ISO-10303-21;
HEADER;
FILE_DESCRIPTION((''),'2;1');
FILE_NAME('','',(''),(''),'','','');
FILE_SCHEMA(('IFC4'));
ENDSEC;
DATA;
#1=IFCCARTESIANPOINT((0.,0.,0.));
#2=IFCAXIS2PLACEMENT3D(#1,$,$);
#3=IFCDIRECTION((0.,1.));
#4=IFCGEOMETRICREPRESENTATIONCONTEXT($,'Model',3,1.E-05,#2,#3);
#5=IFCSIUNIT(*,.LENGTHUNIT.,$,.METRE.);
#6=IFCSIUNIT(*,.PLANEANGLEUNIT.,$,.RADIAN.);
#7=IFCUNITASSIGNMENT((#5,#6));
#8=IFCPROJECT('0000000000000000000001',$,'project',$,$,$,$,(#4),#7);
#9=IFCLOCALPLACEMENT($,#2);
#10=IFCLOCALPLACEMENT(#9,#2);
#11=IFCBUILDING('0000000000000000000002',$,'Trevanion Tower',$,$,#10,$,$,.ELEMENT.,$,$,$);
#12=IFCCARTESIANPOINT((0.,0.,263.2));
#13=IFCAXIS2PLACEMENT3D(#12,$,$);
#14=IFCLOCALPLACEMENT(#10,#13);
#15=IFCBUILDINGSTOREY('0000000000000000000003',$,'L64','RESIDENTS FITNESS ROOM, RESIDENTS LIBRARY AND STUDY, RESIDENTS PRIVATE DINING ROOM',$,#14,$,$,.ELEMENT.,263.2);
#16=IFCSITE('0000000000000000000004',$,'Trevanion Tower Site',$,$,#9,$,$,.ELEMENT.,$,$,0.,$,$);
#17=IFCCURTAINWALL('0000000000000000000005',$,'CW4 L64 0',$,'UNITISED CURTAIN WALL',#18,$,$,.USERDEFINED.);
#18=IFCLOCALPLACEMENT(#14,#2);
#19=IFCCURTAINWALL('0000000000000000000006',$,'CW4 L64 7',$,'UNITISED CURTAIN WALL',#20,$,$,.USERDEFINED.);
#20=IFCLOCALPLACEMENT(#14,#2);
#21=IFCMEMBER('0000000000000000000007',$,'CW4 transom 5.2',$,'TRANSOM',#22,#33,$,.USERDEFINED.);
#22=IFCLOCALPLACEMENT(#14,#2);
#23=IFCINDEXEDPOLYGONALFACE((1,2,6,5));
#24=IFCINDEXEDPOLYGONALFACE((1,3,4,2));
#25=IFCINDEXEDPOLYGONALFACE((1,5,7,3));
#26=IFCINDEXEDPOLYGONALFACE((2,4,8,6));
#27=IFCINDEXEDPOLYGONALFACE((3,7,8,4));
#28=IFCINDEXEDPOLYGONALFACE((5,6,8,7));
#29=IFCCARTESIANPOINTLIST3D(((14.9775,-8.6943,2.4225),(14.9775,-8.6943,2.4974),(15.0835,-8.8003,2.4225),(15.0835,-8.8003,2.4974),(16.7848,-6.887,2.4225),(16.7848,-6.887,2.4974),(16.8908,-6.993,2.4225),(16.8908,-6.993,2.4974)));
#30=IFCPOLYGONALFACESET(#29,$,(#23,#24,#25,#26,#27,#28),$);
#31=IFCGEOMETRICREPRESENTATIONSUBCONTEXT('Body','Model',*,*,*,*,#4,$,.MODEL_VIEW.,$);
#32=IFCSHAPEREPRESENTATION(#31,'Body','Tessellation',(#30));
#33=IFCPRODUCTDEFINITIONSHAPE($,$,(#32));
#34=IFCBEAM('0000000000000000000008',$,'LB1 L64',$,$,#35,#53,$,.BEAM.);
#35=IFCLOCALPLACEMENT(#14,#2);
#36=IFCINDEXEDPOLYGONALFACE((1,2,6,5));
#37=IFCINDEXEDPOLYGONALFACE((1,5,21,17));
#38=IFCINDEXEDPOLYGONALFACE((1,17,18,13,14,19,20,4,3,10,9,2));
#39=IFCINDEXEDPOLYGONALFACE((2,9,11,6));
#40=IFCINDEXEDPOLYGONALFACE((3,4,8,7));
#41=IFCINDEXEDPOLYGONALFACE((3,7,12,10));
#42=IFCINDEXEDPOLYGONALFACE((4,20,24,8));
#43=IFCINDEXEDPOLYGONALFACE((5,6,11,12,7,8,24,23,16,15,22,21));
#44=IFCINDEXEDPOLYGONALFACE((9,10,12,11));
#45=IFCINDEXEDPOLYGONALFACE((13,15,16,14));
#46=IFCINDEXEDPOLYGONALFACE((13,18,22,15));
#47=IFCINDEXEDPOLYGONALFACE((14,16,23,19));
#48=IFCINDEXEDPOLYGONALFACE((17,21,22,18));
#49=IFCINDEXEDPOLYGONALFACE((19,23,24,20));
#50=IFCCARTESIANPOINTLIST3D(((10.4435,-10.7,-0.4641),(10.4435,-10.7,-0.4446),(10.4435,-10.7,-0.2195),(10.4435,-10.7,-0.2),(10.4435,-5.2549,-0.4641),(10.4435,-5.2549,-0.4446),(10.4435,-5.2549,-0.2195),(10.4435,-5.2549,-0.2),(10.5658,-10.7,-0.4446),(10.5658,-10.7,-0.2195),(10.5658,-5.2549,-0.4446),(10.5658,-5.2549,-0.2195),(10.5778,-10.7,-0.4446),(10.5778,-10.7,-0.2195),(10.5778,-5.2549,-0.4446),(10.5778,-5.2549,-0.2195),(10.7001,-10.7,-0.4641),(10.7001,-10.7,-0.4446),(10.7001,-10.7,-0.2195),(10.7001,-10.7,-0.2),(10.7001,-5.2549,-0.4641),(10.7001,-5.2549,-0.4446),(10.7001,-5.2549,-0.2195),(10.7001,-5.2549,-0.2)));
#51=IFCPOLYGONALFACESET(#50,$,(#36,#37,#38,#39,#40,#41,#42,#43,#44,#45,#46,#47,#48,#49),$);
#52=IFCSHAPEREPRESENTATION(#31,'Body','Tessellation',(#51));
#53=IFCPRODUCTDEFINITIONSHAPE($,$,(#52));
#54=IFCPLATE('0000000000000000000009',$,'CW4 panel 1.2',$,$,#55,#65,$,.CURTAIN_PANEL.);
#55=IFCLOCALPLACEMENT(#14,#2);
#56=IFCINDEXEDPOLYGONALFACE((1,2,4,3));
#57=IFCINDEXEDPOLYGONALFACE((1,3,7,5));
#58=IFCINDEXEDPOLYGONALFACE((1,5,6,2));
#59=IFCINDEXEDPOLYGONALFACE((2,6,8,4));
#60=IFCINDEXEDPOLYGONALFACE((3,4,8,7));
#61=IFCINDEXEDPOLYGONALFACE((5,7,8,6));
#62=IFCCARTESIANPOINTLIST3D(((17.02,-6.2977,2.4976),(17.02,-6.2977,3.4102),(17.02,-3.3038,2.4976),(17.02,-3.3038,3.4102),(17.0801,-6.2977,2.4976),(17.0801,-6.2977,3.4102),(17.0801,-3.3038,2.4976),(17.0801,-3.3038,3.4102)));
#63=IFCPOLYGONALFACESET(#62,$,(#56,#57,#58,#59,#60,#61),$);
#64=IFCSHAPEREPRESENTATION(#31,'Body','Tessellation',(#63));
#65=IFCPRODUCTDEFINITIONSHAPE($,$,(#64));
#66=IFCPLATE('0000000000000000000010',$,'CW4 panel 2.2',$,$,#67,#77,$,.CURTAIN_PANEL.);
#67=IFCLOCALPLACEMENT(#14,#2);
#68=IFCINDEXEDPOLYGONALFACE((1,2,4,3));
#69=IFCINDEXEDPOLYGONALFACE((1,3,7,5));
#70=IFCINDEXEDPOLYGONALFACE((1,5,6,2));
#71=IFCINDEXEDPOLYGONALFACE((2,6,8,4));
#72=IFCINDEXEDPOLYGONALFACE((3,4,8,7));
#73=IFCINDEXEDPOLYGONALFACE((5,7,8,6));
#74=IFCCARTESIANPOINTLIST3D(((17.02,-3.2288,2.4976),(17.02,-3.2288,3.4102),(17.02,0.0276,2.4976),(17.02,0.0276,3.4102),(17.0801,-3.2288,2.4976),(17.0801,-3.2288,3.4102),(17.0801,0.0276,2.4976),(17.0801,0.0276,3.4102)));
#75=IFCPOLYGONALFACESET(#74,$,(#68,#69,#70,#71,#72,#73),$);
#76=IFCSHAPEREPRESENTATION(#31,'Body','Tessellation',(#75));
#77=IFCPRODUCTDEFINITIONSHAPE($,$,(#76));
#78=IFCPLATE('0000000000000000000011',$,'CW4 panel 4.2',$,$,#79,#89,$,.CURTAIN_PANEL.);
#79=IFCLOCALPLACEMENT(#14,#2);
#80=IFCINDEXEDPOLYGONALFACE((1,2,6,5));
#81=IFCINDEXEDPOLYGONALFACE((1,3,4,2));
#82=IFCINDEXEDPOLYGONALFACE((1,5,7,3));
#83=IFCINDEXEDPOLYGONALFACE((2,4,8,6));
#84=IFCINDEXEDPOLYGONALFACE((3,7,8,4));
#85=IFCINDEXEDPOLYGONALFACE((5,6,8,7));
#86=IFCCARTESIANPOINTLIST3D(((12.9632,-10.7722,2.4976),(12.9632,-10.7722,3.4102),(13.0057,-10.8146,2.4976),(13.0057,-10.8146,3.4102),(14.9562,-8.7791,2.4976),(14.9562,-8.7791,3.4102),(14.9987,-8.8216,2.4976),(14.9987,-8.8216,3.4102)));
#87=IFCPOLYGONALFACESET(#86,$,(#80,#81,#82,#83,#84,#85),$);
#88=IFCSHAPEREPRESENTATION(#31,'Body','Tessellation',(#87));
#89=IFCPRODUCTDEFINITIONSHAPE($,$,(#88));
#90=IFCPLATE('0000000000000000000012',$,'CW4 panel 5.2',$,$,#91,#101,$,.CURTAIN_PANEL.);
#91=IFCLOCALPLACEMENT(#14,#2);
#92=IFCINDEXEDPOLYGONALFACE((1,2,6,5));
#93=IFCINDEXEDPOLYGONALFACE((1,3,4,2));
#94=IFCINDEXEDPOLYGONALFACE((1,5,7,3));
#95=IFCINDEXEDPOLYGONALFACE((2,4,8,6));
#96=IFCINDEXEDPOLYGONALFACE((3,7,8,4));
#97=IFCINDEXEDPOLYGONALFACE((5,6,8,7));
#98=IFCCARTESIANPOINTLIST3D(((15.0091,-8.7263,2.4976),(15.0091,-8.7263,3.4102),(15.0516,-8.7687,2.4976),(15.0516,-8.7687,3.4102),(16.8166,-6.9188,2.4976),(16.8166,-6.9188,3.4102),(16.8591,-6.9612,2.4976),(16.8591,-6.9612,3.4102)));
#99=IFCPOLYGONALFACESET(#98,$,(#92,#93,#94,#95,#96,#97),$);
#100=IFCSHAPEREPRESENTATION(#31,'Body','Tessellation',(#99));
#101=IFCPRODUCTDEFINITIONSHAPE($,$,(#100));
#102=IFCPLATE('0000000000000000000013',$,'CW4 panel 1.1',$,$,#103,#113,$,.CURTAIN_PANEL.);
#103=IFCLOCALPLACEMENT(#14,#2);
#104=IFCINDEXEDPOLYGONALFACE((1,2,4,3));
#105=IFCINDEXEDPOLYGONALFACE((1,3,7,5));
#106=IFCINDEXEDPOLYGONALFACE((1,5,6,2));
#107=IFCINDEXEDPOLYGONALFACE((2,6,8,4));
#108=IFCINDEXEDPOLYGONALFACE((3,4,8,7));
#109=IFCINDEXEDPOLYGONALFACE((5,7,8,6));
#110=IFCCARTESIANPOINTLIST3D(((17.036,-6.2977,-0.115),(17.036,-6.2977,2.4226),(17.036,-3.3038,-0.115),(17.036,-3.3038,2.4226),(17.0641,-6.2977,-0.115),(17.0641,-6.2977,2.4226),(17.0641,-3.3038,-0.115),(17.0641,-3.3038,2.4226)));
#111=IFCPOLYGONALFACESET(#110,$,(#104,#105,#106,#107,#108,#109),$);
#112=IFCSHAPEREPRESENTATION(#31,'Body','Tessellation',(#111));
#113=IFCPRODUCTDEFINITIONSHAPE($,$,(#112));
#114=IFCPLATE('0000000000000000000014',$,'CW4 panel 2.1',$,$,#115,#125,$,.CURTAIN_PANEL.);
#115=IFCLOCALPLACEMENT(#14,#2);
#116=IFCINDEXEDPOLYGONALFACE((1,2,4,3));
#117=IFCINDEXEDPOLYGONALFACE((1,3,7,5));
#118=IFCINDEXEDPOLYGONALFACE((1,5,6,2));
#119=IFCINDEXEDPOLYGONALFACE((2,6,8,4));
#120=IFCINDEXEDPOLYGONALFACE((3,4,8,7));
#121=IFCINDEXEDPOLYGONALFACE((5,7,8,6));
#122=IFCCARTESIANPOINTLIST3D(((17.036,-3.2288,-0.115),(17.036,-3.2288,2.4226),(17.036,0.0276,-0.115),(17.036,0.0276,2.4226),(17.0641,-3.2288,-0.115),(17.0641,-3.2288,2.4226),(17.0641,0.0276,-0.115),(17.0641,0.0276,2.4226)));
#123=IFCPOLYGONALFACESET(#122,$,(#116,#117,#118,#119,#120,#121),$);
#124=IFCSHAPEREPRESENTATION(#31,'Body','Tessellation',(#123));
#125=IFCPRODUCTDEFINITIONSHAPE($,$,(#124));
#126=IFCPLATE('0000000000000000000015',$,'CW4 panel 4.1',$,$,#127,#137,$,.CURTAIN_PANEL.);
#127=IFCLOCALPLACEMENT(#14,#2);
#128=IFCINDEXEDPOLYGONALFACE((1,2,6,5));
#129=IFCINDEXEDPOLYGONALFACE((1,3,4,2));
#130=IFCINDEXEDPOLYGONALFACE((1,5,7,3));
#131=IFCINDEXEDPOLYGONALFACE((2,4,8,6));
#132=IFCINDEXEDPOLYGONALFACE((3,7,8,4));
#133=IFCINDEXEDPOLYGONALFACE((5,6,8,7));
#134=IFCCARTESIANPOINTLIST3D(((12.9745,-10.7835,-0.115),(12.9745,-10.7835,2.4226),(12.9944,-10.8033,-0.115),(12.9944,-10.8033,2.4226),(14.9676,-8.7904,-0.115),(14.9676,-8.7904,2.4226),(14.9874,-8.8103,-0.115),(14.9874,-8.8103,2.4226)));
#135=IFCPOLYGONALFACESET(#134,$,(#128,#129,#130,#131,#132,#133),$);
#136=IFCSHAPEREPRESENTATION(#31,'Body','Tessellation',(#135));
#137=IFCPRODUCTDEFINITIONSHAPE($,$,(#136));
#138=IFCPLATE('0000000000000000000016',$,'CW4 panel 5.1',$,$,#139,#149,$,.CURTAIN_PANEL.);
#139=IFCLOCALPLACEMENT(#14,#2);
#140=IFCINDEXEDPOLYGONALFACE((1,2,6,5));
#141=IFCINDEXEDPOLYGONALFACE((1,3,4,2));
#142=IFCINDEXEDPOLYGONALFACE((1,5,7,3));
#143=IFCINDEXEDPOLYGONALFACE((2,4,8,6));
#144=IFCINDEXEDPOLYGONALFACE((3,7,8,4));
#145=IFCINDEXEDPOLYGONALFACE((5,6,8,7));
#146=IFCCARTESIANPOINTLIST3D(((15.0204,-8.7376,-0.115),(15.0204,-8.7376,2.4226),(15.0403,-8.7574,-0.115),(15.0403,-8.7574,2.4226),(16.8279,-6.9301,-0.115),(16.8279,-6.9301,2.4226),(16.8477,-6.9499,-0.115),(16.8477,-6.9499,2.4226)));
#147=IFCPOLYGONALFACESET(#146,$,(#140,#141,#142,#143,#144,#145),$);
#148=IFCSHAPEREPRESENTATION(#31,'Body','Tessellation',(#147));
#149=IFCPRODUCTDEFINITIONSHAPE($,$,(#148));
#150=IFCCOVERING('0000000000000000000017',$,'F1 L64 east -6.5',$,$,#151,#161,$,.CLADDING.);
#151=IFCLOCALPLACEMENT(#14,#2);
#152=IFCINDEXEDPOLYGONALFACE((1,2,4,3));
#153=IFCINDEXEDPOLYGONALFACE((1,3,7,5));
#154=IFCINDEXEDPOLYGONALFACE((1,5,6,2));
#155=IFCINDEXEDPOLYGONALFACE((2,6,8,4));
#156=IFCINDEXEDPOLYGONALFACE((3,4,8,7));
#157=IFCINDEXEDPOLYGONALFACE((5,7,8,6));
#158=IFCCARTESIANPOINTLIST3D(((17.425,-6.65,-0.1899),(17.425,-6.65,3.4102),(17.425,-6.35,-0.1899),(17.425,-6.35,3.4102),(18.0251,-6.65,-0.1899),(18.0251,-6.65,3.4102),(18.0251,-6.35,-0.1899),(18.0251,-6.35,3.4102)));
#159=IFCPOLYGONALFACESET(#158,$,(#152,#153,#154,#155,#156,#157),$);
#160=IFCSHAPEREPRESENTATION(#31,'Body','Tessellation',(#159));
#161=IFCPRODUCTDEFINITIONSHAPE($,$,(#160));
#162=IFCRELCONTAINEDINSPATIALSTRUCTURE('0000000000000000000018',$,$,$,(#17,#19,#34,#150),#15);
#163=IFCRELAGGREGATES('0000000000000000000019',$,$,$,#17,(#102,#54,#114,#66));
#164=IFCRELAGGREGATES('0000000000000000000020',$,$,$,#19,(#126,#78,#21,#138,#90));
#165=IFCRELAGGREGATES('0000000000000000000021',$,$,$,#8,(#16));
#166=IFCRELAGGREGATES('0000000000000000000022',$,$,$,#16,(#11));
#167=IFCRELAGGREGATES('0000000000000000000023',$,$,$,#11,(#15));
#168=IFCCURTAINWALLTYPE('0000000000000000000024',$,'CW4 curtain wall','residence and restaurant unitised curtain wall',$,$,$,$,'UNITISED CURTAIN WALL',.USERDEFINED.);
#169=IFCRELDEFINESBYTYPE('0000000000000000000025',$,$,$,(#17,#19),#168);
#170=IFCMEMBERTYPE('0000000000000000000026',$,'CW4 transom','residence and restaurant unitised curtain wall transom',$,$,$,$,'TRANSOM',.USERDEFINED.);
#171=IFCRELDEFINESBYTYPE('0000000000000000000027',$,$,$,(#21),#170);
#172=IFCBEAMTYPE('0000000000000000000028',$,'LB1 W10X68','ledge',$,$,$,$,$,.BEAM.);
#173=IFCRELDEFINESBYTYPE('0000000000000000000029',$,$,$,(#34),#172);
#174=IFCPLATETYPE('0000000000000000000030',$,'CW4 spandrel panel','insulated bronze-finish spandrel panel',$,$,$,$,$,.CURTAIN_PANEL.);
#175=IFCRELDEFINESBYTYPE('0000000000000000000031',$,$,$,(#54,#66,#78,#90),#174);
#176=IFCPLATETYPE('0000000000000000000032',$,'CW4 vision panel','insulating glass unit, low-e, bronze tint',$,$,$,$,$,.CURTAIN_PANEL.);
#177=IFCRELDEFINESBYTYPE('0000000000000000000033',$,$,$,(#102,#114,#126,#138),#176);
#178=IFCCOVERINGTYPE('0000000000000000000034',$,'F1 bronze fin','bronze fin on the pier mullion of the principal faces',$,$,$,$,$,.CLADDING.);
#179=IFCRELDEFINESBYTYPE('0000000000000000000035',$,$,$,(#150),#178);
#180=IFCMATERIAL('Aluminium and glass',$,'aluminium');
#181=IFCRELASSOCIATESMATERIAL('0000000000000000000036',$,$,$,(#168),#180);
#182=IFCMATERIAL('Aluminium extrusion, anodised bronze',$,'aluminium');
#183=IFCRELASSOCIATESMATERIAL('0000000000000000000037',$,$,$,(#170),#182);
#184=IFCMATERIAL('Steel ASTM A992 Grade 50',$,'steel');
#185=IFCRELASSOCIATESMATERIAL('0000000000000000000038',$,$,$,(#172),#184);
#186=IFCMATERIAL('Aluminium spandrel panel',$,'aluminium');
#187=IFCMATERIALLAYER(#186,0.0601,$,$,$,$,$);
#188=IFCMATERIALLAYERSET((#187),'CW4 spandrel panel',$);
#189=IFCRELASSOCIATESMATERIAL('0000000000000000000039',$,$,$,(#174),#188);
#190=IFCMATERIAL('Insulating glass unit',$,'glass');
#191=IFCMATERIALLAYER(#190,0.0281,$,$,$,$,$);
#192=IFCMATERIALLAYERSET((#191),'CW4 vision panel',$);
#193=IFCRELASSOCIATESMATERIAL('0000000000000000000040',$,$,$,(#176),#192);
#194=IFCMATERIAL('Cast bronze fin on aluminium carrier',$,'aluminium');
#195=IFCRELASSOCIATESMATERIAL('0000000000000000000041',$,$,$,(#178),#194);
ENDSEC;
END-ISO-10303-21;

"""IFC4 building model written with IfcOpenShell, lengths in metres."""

from ifc_helpers import new_model, si_unit, direction, frame, origin, origin_2d, place, context, subcontext, project, spatial, rectangle, i_section, extrude, material, layer, layer_set, material_profile, profile_set, type_object, element, aggregate, save


model = new_model("IFC4")

# Units and contexts
model_context = context("Model", 3, precision=1e-05, world=origin(), true_north=direction((0.0, 1.0)))
body_context = subcontext(model_context, "Body", "Model", "MODEL_VIEW")
ifc_project = project(units=[si_unit("LENGTHUNIT", "METRE"), si_unit("PLANEANGLEUNIT", "RADIAN")], contexts=[model_context])

# Site, building, storey
site_placement = place(None, origin())
site = spatial("IfcSite", under=ifc_project, at=site_placement, Name="Trevanion Tower Site", CompositionType="ELEMENT", RefElevation=0.0)
building_placement = place(site_placement, origin())
building = spatial("IfcBuilding", under=site, at=building_placement, Name="Trevanion Tower", CompositionType="ELEMENT")
storey_placement = place(building_placement, frame((0.0, 0.0, 263.2)))
storey = spatial("IfcBuildingStorey", under=building, at=storey_placement, Name="L64", Description="RESIDENTS FITNESS ROOM, RESIDENTS LIBRARY AND STUDY, RESIDENTS PRIVATE DINING ROOM", CompositionType="ELEMENT", Elevation=263.2)

# Curtain walls
ifc_material_1 = material(Name="Aluminium and glass", Category="aluminium")
curtain_wall_type = type_object("IfcCurtainWallType", Name="CW4 curtain wall", Description="residence and restaurant unitised curtain wall", ElementType="UNITISED CURTAIN WALL", PredefinedType="USERDEFINED", material=ifc_material_1)
curtain_wall_1_placement = place(storey_placement, origin())
curtain_wall_1 = element("IfcCurtainWall", 1, at=curtain_wall_1_placement, inside=storey, type_object=curtain_wall_type, Name="CW4 L64 0", ObjectType="UNITISED CURTAIN WALL", PredefinedType="USERDEFINED")
curtain_wall_2_placement = place(storey_placement, origin())
curtain_wall_2 = element("IfcCurtainWall", 2, at=curtain_wall_2_placement, inside=storey, type_object=curtain_wall_type, Name="CW4 L64 7", ObjectType="UNITISED CURTAIN WALL", PredefinedType="USERDEFINED")

# Member
ifc_material_2 = material(Name="Aluminium extrusion, anodised bronze", Category="aluminium")
ifc_material_profile_1 = material_profile(ifc_material_2, rectangle(XDim=0.1499, YDim=0.075, at=origin_2d()), Name="CW4 transom")
ifc_profile_set_1 = profile_set([ifc_material_profile_1], Name="Aluminium extrusion, anodised bronze")
member_type_1 = type_object("IfcMemberType", Name="CW4 transom", Description="residence and restaurant unitised curtain wall transom", ElementType="TRANSOM", PredefinedType="USERDEFINED", material=ifc_profile_set_1)
member_1_placement = place(storey_placement, frame((15.0305, -8.7473, 2.46), z_axis=(0.707107, 0.707107, 0.0), x_axis=(-0.707107, 0.707107, 0.0)))
member_1 = element("IfcMember", 3, at=member_1_placement, type_object=member_type_1, Name="CW4 transom 5.2", ObjectType="TRANSOM", PredefinedType="USERDEFINED", context=body_context, shape_type="SweptSolid", body=[
    extrude(rectangle(XDim=0.1499, YDim=0.075, at=origin_2d()), origin(), (0.0, 0.0, 1.0), 2.5559),
])

# Beam
ifc_material_3 = material(Name="Steel ASTM A992 Grade 50", Category="steel")
ifc_material_profile_2 = material_profile(ifc_material_3, i_section(OverallWidth=0.2566, OverallDepth=0.2642, WebThickness=0.012, FlangeThickness=0.0195, at=origin_2d()), Name="W10X68")
ifc_profile_set_2 = profile_set([ifc_material_profile_2], Name="Steel ASTM A992 Grade 50")
beam_type_1 = type_object("IfcBeamType", Name="LB1 W10X68", Description="ledge", PredefinedType="BEAM", material=ifc_profile_set_2)
beam_placement = place(storey_placement, frame((10.5718, -10.7, -0.332), z_axis=(0.0, 1.0, 0.0), x_axis=(-1.0, 0.0, 0.0)))
element("IfcBeam", 4, at=beam_placement, inside=storey, type_object=beam_type_1, Name="LB1 L64", PredefinedType="BEAM", context=body_context, shape_type="SweptSolid", body=[
    extrude(i_section(OverallWidth=0.2566, OverallDepth=0.2642, WebThickness=0.012, FlangeThickness=0.0195, at=origin_2d()), origin(), (0.0, 0.0, 1.0), 5.4451),
])

# Plates
ifc_material_4 = material(Name="Aluminium spandrel panel", Category="aluminium")
ifc_layer_1 = layer(ifc_material_4, 0.0601)
ifc_layer_set_1 = layer_set([ifc_layer_1], Name="CW4 spandrel panel")
plate_type_1 = type_object("IfcPlateType", Name="CW4 spandrel panel", Description="insulated bronze-finish spandrel panel", PredefinedType="CURTAIN_PANEL", material=ifc_layer_set_1)
plate_1_placement = place(storey_placement, frame((17.05, -4.8008, 2.4976), z_axis=(0.0, 0.0, 1.0), x_axis=(0.0, 1.0, 0.0)))
plate_1 = element("IfcPlate", 5, at=plate_1_placement, type_object=plate_type_1, Name="CW4 panel 1.2", PredefinedType="CURTAIN_PANEL", context=body_context, shape_type="SweptSolid", body=[
    extrude(rectangle(XDim=2.9939, YDim=0.0601, at=origin_2d()), origin(), (0.0, 0.0, 1.0), 0.9126),
])
plate_2_placement = place(storey_placement, frame((17.05, -1.6006, 2.4976), z_axis=(0.0, 0.0, 1.0), x_axis=(0.0, 1.0, 0.0)))
plate_2 = element("IfcPlate", 6, at=plate_2_placement, type_object=plate_type_1, Name="CW4 panel 2.2", PredefinedType="CURTAIN_PANEL", context=body_context, shape_type="SweptSolid", body=[
    extrude(rectangle(XDim=3.2563, YDim=0.0601, at=origin_2d()), origin(), (0.0, 0.0, 1.0), 0.9126),
])
plate_3_placement = place(storey_placement, frame((13.981, -9.7969, 2.4976), z_axis=(0.0, 0.0, 1.0), x_axis=(0.707107, 0.707107, 0.0)))
plate_3 = element("IfcPlate", 7, at=plate_3_placement, type_object=plate_type_1, Name="CW4 panel 4.2", PredefinedType="CURTAIN_PANEL", context=body_context, shape_type="SweptSolid", body=[
    extrude(rectangle(XDim=2.8186, YDim=0.0601, at=origin_2d()), origin(), (0.0, 0.0, 1.0), 0.9126),
])
plate_4_placement = place(storey_placement, frame((15.9341, -7.8438, 2.4976), z_axis=(0.0, 0.0, 1.0), x_axis=(0.707107, 0.707107, 0.0)))
plate_4 = element("IfcPlate", 8, at=plate_4_placement, type_object=plate_type_1, Name="CW4 panel 5.2", PredefinedType="CURTAIN_PANEL", context=body_context, shape_type="SweptSolid", body=[
    extrude(rectangle(XDim=2.5562, YDim=0.0601, at=origin_2d()), origin(), (0.0, 0.0, 1.0), 0.9126),
])
ifc_material_5 = material(Name="Insulating glass unit", Category="glass")
ifc_layer_2 = layer(ifc_material_5, 0.0281)
ifc_layer_set_2 = layer_set([ifc_layer_2], Name="CW4 vision panel")
plate_type_2 = type_object("IfcPlateType", Name="CW4 vision panel", Description="insulating glass unit, low-e, bronze tint", PredefinedType="CURTAIN_PANEL", material=ifc_layer_set_2)
plate_5_placement = place(storey_placement, frame((17.05, -4.8008, -0.115), z_axis=(0.0, 0.0, 1.0), x_axis=(0.0, 1.0, 0.0)))
plate_5 = element("IfcPlate", 9, at=plate_5_placement, type_object=plate_type_2, Name="CW4 panel 1.1", PredefinedType="CURTAIN_PANEL", context=body_context, shape_type="SweptSolid", body=[
    extrude(rectangle(XDim=2.9939, YDim=0.0281, at=origin_2d()), origin(), (0.0, 0.0, 1.0), 2.5376),
])
plate_6_placement = place(storey_placement, frame((17.05, -1.6006, -0.115), z_axis=(0.0, 0.0, 1.0), x_axis=(0.0, 1.0, 0.0)))
plate_6 = element("IfcPlate", 10, at=plate_6_placement, type_object=plate_type_2, Name="CW4 panel 2.1", PredefinedType="CURTAIN_PANEL", context=body_context, shape_type="SweptSolid", body=[
    extrude(rectangle(XDim=3.2563, YDim=0.0281, at=origin_2d()), origin(), (0.0, 0.0, 1.0), 2.5376),
])
aggregate(curtain_wall_1, [plate_5, plate_1, plate_6, plate_2])
plate_7_placement = place(storey_placement, frame((13.981, -9.7969, -0.115), z_axis=(0.0, 0.0, 1.0), x_axis=(0.707107, 0.707107, 0.0)))
plate_7 = element("IfcPlate", 11, at=plate_7_placement, type_object=plate_type_2, Name="CW4 panel 4.1", PredefinedType="CURTAIN_PANEL", context=body_context, shape_type="SweptSolid", body=[
    extrude(rectangle(XDim=2.8186, YDim=0.0281, at=origin_2d()), origin(), (0.0, 0.0, 1.0), 2.5376),
])
plate_8_placement = place(storey_placement, frame((15.9341, -7.8438, -0.115), z_axis=(0.0, 0.0, 1.0), x_axis=(0.707107, 0.707107, 0.0)))
plate_8 = element("IfcPlate", 12, at=plate_8_placement, type_object=plate_type_2, Name="CW4 panel 5.1", PredefinedType="CURTAIN_PANEL", context=body_context, shape_type="SweptSolid", body=[
    extrude(rectangle(XDim=2.5562, YDim=0.0281, at=origin_2d()), origin(), (0.0, 0.0, 1.0), 2.5376),
])
aggregate(curtain_wall_2, [plate_7, plate_3, member_1, plate_8, plate_4])

# Covering
ifc_material_6 = material(Name="Cast bronze fin on aluminium carrier", Category="aluminium")
covering_type = type_object("IfcCoveringType", Name="F1 bronze fin", Description="bronze fin on the pier mullion of the principal faces", PredefinedType="CLADDING", material=ifc_material_6)
covering_placement = place(storey_placement, frame((17.7251, -6.5, -0.1899), z_axis=(0.0, 0.0, 1.0), x_axis=(0.0, 1.0, 0.0)))
element("IfcCovering", 13, at=covering_placement, inside=storey, type_object=covering_type, Name="F1 L64 east -6.5", PredefinedType="CLADDING", context=body_context, shape_type="SweptSolid", body=[
    extrude(rectangle(XDim=0.3, YDim=0.6001, at=origin_2d()), origin(), (0.0, 0.0, 1.0), 3.6001),
])

save(model, "model.ifc")
